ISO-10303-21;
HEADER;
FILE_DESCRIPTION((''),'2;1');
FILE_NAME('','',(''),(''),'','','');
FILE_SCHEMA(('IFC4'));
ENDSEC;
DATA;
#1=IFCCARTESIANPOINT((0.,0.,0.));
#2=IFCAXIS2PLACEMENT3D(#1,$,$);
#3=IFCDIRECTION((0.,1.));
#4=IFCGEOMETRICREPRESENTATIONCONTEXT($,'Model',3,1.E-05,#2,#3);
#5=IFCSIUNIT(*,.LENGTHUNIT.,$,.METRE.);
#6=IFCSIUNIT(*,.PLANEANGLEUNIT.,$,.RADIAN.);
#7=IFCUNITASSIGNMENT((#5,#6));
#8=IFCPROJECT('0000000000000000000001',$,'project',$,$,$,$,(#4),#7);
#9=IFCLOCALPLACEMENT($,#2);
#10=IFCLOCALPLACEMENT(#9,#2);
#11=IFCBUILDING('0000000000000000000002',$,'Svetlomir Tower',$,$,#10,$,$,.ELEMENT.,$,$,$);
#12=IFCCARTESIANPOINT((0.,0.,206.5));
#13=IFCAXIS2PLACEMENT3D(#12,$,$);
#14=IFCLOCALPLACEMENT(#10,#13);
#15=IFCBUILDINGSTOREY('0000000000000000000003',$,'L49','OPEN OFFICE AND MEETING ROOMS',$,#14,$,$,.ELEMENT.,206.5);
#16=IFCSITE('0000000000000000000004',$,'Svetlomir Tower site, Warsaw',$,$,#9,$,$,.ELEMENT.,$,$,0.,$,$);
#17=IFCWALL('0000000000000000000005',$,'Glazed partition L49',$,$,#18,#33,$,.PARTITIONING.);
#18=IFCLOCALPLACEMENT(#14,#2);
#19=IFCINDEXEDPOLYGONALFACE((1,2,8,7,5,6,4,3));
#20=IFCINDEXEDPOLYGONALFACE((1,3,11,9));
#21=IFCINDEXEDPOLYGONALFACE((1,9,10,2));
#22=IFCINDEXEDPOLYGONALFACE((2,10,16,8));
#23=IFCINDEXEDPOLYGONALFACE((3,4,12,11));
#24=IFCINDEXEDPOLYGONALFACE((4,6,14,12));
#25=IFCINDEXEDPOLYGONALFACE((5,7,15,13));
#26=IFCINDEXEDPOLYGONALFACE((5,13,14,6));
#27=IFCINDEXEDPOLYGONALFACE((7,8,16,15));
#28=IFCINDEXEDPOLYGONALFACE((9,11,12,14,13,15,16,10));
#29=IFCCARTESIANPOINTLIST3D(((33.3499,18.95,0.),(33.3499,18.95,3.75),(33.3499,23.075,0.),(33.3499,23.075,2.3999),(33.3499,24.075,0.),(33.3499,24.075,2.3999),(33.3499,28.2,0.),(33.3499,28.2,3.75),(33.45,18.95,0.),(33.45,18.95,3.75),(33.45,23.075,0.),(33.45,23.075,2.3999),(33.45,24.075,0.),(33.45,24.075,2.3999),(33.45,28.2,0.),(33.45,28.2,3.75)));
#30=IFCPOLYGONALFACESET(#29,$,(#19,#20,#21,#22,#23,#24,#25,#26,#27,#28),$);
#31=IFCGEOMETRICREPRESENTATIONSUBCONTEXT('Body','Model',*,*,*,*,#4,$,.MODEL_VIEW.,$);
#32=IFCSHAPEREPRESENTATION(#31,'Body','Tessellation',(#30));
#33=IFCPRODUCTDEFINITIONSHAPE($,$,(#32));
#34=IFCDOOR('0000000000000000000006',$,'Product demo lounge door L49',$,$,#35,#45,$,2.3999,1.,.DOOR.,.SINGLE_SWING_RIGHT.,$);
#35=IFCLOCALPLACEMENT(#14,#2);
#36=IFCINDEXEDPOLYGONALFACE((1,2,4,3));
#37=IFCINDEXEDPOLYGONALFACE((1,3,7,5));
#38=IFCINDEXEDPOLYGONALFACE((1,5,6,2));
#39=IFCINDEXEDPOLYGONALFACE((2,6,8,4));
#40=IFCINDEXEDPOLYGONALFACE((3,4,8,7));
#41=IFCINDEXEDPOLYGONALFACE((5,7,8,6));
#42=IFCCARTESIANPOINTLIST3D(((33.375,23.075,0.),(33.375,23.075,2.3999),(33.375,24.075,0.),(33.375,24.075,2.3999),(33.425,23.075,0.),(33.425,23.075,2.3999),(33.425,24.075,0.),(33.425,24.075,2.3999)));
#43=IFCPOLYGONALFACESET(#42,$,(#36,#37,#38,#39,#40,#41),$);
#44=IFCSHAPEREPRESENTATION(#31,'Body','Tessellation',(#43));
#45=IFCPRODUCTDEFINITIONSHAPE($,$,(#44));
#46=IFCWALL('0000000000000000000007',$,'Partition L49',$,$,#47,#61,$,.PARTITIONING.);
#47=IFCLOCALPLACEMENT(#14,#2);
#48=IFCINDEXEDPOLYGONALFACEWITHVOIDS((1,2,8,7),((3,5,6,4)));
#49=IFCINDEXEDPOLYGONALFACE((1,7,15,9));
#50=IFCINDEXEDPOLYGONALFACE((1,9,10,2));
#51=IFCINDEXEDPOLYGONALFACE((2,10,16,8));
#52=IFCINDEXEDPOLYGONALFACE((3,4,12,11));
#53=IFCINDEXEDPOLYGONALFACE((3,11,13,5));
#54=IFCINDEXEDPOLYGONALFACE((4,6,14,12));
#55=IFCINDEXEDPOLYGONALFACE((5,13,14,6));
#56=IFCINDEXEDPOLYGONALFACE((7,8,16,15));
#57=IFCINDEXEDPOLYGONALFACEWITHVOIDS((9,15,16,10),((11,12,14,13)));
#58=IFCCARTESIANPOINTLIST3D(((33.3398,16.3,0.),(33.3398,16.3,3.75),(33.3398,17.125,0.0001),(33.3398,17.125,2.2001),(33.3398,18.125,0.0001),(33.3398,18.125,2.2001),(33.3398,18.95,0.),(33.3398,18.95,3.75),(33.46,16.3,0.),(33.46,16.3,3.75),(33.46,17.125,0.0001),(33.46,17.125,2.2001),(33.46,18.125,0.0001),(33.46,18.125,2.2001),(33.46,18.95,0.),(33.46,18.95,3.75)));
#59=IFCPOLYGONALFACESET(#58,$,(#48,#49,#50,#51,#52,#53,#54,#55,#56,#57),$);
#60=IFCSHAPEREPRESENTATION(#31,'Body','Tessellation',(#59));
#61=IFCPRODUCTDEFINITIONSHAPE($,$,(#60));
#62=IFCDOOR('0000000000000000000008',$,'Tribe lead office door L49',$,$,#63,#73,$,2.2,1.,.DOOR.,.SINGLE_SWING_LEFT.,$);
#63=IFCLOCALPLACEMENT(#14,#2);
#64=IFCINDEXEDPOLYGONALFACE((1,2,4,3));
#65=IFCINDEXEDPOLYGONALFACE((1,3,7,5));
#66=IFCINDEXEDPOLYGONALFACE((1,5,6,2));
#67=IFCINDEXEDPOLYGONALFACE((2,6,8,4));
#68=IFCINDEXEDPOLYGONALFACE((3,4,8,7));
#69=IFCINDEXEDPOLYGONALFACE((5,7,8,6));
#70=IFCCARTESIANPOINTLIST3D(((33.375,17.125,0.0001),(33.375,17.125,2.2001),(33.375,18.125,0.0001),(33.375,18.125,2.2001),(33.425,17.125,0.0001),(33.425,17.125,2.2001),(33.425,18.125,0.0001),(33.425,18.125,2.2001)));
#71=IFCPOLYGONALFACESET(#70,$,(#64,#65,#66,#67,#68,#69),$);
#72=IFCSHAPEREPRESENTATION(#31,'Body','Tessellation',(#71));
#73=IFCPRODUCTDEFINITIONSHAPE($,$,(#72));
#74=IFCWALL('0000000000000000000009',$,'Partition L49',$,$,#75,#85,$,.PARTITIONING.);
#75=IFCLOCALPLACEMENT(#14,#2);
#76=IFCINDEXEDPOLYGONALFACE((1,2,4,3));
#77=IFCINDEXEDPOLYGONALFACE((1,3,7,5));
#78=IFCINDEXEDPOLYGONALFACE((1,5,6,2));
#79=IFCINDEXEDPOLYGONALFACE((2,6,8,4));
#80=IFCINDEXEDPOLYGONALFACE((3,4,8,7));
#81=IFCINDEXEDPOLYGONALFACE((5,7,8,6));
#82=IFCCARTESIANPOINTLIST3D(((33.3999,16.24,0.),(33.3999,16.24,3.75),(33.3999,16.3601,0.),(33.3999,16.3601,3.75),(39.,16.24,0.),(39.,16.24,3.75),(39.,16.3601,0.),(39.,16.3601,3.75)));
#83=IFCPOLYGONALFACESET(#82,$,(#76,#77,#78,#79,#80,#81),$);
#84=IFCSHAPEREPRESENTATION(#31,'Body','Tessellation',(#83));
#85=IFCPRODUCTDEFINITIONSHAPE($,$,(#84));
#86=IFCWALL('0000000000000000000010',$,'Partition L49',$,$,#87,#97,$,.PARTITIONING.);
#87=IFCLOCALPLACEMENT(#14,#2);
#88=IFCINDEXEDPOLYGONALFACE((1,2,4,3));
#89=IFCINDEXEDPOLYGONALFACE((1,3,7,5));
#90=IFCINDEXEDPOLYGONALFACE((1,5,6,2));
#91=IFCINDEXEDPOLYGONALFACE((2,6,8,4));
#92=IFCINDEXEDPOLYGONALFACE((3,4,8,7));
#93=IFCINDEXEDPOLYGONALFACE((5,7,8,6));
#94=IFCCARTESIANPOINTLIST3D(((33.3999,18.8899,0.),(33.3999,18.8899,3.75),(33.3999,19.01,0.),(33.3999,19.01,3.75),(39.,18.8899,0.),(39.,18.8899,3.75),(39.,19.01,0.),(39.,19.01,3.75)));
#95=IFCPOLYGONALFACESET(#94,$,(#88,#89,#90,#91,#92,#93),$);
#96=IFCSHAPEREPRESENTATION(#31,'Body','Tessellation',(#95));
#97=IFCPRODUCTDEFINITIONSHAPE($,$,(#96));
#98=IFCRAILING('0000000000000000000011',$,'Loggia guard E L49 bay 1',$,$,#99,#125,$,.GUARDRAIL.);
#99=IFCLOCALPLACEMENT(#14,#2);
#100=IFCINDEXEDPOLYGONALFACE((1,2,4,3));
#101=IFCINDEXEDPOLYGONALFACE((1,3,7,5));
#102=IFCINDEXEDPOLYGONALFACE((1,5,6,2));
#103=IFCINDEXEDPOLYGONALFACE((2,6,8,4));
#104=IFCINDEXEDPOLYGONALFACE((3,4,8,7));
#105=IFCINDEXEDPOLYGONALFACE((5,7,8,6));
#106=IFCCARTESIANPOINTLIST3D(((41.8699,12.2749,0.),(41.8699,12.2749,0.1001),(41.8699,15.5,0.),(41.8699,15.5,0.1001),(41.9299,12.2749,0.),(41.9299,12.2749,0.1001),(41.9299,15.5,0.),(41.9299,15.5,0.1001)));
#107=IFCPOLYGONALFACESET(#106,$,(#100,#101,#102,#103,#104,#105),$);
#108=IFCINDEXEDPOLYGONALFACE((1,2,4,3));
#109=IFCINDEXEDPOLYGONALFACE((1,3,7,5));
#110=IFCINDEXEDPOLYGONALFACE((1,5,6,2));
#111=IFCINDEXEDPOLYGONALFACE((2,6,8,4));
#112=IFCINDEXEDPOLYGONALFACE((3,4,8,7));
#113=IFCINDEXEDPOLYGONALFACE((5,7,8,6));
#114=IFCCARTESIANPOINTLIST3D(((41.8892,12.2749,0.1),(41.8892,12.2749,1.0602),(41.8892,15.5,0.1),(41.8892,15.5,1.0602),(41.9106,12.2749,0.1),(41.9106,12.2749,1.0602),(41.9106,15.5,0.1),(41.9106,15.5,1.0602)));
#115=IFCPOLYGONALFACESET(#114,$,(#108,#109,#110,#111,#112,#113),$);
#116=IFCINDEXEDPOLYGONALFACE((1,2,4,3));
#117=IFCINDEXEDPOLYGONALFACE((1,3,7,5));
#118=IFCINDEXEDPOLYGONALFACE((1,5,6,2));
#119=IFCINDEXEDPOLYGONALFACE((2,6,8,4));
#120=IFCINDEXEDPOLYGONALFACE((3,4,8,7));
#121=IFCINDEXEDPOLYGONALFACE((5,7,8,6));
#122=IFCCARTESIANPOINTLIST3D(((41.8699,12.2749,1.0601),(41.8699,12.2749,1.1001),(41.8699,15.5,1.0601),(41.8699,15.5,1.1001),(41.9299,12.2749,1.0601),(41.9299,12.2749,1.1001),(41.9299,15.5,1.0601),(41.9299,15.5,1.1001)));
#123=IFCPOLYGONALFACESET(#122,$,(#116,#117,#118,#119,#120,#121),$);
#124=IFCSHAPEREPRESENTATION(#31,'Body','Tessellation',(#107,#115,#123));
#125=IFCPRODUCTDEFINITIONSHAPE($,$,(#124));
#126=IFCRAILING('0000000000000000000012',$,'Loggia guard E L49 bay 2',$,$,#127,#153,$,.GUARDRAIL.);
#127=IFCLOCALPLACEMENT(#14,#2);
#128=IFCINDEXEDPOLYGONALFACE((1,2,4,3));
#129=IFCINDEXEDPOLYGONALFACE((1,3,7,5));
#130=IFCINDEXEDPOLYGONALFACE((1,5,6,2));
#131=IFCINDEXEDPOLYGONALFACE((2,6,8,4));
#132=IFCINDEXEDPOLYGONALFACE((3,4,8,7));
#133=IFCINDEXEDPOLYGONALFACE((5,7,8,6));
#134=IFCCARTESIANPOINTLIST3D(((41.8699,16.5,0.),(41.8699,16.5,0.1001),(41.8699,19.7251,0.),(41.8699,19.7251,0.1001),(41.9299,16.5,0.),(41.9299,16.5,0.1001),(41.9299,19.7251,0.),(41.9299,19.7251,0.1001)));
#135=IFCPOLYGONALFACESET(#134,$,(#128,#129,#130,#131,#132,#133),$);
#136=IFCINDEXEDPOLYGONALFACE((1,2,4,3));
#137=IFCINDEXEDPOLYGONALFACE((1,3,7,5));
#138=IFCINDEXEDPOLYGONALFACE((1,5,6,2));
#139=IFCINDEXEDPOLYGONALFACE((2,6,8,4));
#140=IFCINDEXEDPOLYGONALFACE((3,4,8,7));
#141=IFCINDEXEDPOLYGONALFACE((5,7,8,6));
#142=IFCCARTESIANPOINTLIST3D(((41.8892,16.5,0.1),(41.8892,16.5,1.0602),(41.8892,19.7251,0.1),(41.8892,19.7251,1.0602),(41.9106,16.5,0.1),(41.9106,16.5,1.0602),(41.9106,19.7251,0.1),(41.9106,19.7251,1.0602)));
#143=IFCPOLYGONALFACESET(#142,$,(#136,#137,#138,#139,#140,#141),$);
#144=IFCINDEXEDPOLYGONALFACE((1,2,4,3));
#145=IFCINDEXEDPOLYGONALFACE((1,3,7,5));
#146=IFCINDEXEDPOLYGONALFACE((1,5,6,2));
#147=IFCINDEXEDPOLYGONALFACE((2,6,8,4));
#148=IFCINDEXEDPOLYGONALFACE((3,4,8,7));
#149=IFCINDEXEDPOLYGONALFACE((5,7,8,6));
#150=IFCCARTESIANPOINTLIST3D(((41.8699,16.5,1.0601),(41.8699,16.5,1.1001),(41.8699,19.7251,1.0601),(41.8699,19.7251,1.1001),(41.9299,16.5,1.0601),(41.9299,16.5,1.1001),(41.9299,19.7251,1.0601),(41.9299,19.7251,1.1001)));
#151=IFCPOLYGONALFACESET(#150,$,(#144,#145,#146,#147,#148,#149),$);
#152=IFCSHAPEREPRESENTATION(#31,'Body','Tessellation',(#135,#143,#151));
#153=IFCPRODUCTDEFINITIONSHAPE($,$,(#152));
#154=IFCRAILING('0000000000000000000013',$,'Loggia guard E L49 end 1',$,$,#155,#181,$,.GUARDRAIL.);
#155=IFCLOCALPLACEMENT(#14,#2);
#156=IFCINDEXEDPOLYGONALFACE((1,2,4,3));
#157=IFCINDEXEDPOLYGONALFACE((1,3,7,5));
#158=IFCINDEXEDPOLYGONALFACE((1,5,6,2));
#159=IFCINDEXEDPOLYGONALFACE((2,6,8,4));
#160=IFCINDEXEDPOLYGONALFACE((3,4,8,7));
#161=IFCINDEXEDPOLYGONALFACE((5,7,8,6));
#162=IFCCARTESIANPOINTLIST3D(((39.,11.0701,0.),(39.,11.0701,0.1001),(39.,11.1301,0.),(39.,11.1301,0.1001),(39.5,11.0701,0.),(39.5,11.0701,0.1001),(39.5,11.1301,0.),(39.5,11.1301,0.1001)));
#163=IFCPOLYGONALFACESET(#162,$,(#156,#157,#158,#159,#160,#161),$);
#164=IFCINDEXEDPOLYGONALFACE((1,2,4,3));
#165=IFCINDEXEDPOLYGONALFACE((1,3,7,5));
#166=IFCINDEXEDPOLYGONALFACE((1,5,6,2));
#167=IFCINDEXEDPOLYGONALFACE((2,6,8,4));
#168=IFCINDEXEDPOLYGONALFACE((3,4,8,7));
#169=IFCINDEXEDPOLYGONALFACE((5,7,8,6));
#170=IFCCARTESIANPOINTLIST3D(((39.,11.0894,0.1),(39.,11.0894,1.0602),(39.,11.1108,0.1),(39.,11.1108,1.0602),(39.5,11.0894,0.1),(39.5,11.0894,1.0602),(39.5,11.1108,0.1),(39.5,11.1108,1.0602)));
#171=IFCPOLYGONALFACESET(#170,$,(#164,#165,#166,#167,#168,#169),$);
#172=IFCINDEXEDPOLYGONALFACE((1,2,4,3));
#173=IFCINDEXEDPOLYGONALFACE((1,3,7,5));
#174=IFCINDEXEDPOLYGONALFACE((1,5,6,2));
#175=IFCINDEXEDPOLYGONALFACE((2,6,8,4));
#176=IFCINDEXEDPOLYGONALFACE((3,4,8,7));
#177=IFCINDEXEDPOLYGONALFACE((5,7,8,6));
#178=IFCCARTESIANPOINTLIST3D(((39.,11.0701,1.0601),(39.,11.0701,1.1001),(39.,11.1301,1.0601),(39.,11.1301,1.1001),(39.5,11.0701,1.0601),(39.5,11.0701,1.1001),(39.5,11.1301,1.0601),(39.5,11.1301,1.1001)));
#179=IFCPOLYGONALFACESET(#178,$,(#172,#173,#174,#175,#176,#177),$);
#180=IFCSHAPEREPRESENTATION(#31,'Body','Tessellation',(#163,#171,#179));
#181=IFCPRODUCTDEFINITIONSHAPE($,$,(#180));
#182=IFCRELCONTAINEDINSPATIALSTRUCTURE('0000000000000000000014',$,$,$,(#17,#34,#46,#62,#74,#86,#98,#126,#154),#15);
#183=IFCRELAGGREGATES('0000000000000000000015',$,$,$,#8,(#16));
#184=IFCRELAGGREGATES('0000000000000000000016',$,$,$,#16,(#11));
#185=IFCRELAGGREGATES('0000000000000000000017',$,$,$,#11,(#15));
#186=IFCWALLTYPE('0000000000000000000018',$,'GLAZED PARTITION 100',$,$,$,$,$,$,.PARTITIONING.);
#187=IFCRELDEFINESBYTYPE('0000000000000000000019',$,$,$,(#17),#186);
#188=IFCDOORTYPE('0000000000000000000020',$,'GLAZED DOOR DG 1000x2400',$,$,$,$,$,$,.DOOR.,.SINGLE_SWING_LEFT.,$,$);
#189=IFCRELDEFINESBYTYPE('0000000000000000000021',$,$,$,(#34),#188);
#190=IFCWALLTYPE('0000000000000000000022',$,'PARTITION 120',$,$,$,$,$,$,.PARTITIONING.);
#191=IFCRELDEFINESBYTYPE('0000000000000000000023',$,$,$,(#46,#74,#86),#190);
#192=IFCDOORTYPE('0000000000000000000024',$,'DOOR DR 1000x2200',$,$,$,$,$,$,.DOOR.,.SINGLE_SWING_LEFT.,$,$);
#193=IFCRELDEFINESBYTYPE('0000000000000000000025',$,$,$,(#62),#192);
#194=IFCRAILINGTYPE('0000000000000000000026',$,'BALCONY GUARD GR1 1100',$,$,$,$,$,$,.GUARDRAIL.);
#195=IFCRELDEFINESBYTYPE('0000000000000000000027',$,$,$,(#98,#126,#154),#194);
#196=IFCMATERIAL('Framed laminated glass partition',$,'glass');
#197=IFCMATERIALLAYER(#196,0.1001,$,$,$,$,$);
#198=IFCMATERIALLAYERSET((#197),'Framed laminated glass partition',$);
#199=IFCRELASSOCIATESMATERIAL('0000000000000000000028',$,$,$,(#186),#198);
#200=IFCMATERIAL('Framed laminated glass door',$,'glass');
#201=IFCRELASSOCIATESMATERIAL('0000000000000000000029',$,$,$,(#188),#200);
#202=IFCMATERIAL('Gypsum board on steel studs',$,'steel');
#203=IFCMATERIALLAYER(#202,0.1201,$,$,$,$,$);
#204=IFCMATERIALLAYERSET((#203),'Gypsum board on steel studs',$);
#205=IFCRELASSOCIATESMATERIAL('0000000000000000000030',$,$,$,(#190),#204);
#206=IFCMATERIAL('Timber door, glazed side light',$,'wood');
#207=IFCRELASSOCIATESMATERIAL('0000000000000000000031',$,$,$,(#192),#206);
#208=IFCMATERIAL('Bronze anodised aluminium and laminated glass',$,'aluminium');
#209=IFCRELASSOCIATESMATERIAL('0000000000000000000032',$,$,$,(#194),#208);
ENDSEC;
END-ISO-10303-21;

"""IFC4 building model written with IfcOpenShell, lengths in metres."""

from ifc_helpers import new_model, si_unit, direction, frame, frame_2d, origin, origin_2d, place, context, subcontext, project, spatial, rectangle, extrude, material, layer, layer_set, type_object, element, fill, save


model = new_model("IFC4")

# Units and contexts
model_context = context("Model", 3, precision=1e-05, world=origin(), true_north=direction((0.0, 1.0)))
body_context = subcontext(model_context, "Body", "Model", "MODEL_VIEW")
ifc_project = project(units=[si_unit("LENGTHUNIT", "METRE"), si_unit("PLANEANGLEUNIT", "RADIAN")], contexts=[model_context])

# Site, building, storey
site_placement = place(None, origin())
site = spatial("IfcSite", under=ifc_project, at=site_placement, Name="Svetlomir Tower site, Warsaw", CompositionType="ELEMENT", RefElevation=0.0)
building_placement = place(site_placement, origin())
building = spatial("IfcBuilding", under=site, at=building_placement, Name="Svetlomir Tower", CompositionType="ELEMENT")
storey_placement = place(building_placement, frame((0.0, 0.0, 206.5)))
storey = spatial("IfcBuildingStorey", under=building, at=storey_placement, Name="L49", Description="OPEN OFFICE AND MEETING ROOMS", CompositionType="ELEMENT", Elevation=206.5)

# Walls, openings, doors
ifc_material_1 = material(Name="Framed laminated glass partition", Category="glass")
ifc_layer_1 = layer(ifc_material_1, 0.1001)
ifc_layer_set_1 = layer_set([ifc_layer_1], Name="Framed laminated glass partition")
wall_type_1 = type_object("IfcWallType", Name="GLAZED PARTITION 100", PredefinedType="PARTITIONING", material=ifc_layer_set_1)
wall_1_placement = place(storey_placement, frame((33.3999, 18.95, 0.0), z_axis=(0.0, 0.0, 1.0), x_axis=(0.0, 1.0, 0.0)))
wall_1 = element("IfcWall", 1, at=wall_1_placement, inside=storey, type_object=wall_type_1, Name="Glazed partition L49", PredefinedType="PARTITIONING", context=body_context, shape_type="SweptSolid", body=[
    extrude(rectangle(XDim=9.25, YDim=0.1001, at=frame_2d((4.625, 0.0))), origin(), (0.0, 0.0, 1.0), 3.75),
])
opening_1_placement = place(wall_1_placement, frame((4.125, 0.0, 0.0)))
opening_1 = element("IfcOpeningElement", 2, at=opening_1_placement, cuts=wall_1, PredefinedType="OPENING", context=body_context, shape_type="SweptSolid", body=[
    extrude(rectangle(XDim=1.0, YDim=2.3999, at=frame_2d((0.5, 1.2))), frame((0.0, 0.0601, 0.0), z_axis=(0.0, -1.0, 0.0), x_axis=(1.0, 0.0, 0.0)), (0.0, 0.0, 1.0), 0.1201),
])
ifc_material_2 = material(Name="Framed laminated glass door", Category="glass")
door_type_1 = type_object("IfcDoorType", Name="GLAZED DOOR DG 1000x2400", OperationType="SINGLE_SWING_LEFT", PredefinedType="DOOR", material=ifc_material_2)
door_1_placement = place(opening_1_placement, origin())
door_1 = element("IfcDoor", 3, at=door_1_placement, inside=storey, type_object=door_type_1, Name="Product demo lounge door L49", OperationType="SINGLE_SWING_RIGHT", OverallHeight=2.3999, OverallWidth=1.0, PredefinedType="DOOR", context=body_context, shape_type="SweptSolid", body=[
    extrude(rectangle(XDim=1.0, YDim=2.3999, at=frame_2d((0.5, 1.2))), frame((0.0, 0.0249, 0.0), z_axis=(0.0, -1.0, 0.0), x_axis=(1.0, 0.0, 0.0)), (0.0, 0.0, 1.0), 0.05),
])
fill(opening_1, door_1)
ifc_material_3 = material(Name="Gypsum board on steel studs", Category="steel")
ifc_layer_2 = layer(ifc_material_3, 0.1201)
ifc_layer_set_2 = layer_set([ifc_layer_2], Name="Gypsum board on steel studs")
wall_type_2 = type_object("IfcWallType", Name="PARTITION 120", PredefinedType="PARTITIONING", material=ifc_layer_set_2)
wall_2_placement = place(storey_placement, frame((33.3999, 16.3, 0.0), z_axis=(0.0, 0.0, 1.0), x_axis=(0.0, 1.0, 0.0)))
wall_2 = element("IfcWall", 4, at=wall_2_placement, inside=storey, type_object=wall_type_2, Name="Partition L49", PredefinedType="PARTITIONING", context=body_context, shape_type="SweptSolid", body=[
    extrude(rectangle(XDim=2.6499, YDim=0.1201, at=frame_2d((1.325, 0.0))), origin(), (0.0, 0.0, 1.0), 3.75),
])
opening_2_placement = place(wall_2_placement, frame((0.825, 0.0, 0.0)))
opening_2 = element("IfcOpeningElement", 5, at=opening_2_placement, cuts=wall_2, PredefinedType="OPENING", context=body_context, shape_type="SweptSolid", body=[
    extrude(rectangle(XDim=1.0, YDim=2.2, at=frame_2d((0.5, 1.1001))), frame((0.0, 0.0701, 0.0), z_axis=(0.0, -1.0, 0.0), x_axis=(1.0, 0.0, 0.0)), (0.0, 0.0, 1.0), 0.1401),
])
ifc_material_4 = material(Name="Timber door, glazed side light", Category="wood")
door_type_2 = type_object("IfcDoorType", Name="DOOR DR 1000x2200", OperationType="SINGLE_SWING_LEFT", PredefinedType="DOOR", material=ifc_material_4)
door_2_placement = place(opening_2_placement, origin())
door_2 = element("IfcDoor", 6, at=door_2_placement, inside=storey, type_object=door_type_2, Name="Tribe lead office door L49", OperationType="SINGLE_SWING_LEFT", OverallHeight=2.2, OverallWidth=1.0, PredefinedType="DOOR", context=body_context, shape_type="SweptSolid", body=[
    extrude(rectangle(XDim=1.0, YDim=2.2, at=frame_2d((0.5, 1.1001))), frame((0.0, 0.0249, 0.0), z_axis=(0.0, -1.0, 0.0), x_axis=(1.0, 0.0, 0.0)), (0.0, 0.0, 1.0), 0.05),
])
fill(opening_2, door_2)

# Walls
for number, where, z_axis, x_axis, name in (
    (7, (33.3999, 16.3, 0.0), (0.0, 0.0, 1.0), (1.0, 0.0, 0.0), "Partition L49"),
    (8, (33.3999, 18.95, 0.0), (0.0, 0.0, 1.0), (1.0, 0.0, 0.0), "Partition L49"),
):
    element("IfcWall", number, at=place(storey_placement, frame(where, z_axis=z_axis, x_axis=x_axis)), inside=storey, type_object=wall_type_2, Name=name, PredefinedType="PARTITIONING", context=body_context, shape_type="SweptSolid", body=[
        extrude(rectangle(XDim=5.6001, YDim=0.1201, at=frame_2d((2.8, 0.0))), origin(), (0.0, 0.0, 1.0), 3.75),
    ])

# Railings
ifc_material_5 = material(Name="Bronze anodised aluminium and laminated glass", Category="aluminium")
railing_type = type_object("IfcRailingType", Name="BALCONY GUARD GR1 1100", PredefinedType="GUARDRAIL", material=ifc_material_5)
for number, where, name in (
    (9, (41.8999, 12.2749, 0.0), "Loggia guard E L49 bay 1"),
    (10, (41.8999, 16.5, 0.0), "Loggia guard E L49 bay 2"),
):
    element("IfcRailing", number, at=place(storey_placement, frame(where)), inside=storey, type_object=railing_type, Name=name, PredefinedType="GUARDRAIL", context=body_context, shape_type="SweptSolid", body=[
        extrude(rectangle(XDim=0.0601, YDim=0.1001, at=origin_2d()), frame((0.0, 0.0, 0.05), z_axis=(0.0, 1.0, 0.0), x_axis=(-1.0, 0.0, 0.0)), (0.0, 0.0, 1.0), 3.2251),
        extrude(rectangle(XDim=0.0215, YDim=0.9602, at=origin_2d()), frame((0.0, 0.0, 0.5801), z_axis=(0.0, 1.0, 0.0), x_axis=(-1.0, 0.0, 0.0)), (0.0, 0.0, 1.0), 3.2251),
        extrude(rectangle(XDim=0.0601, YDim=0.04, at=origin_2d()), frame((0.0, 0.0, 1.0801), z_axis=(0.0, 1.0, 0.0), x_axis=(-1.0, 0.0, 0.0)), (0.0, 0.0, 1.0), 3.2251),
    ])
railing_placement = place(storey_placement, frame((39.5, 11.1001, 0.0)))
element("IfcRailing", 11, at=railing_placement, inside=storey, type_object=railing_type, Name="Loggia guard E L49 end 1", PredefinedType="GUARDRAIL", context=body_context, shape_type="SweptSolid", body=[
    extrude(rectangle(XDim=0.0601, YDim=0.1001, at=origin_2d()), frame((0.0, 0.0, 0.05), z_axis=(-1.0, 0.0, 0.0), x_axis=(0.0, -1.0, 0.0)), (0.0, 0.0, 1.0), 0.5),
    extrude(rectangle(XDim=0.0215, YDim=0.9602, at=origin_2d()), frame((0.0, 0.0, 0.5801), z_axis=(-1.0, 0.0, 0.0), x_axis=(0.0, -1.0, 0.0)), (0.0, 0.0, 1.0), 0.5),
    extrude(rectangle(XDim=0.0601, YDim=0.04, at=origin_2d()), frame((0.0, 0.0, 1.0801), z_axis=(-1.0, 0.0, 0.0), x_axis=(0.0, -1.0, 0.0)), (0.0, 0.0, 1.0), 0.5),
])

save(model, "model.ifc")
